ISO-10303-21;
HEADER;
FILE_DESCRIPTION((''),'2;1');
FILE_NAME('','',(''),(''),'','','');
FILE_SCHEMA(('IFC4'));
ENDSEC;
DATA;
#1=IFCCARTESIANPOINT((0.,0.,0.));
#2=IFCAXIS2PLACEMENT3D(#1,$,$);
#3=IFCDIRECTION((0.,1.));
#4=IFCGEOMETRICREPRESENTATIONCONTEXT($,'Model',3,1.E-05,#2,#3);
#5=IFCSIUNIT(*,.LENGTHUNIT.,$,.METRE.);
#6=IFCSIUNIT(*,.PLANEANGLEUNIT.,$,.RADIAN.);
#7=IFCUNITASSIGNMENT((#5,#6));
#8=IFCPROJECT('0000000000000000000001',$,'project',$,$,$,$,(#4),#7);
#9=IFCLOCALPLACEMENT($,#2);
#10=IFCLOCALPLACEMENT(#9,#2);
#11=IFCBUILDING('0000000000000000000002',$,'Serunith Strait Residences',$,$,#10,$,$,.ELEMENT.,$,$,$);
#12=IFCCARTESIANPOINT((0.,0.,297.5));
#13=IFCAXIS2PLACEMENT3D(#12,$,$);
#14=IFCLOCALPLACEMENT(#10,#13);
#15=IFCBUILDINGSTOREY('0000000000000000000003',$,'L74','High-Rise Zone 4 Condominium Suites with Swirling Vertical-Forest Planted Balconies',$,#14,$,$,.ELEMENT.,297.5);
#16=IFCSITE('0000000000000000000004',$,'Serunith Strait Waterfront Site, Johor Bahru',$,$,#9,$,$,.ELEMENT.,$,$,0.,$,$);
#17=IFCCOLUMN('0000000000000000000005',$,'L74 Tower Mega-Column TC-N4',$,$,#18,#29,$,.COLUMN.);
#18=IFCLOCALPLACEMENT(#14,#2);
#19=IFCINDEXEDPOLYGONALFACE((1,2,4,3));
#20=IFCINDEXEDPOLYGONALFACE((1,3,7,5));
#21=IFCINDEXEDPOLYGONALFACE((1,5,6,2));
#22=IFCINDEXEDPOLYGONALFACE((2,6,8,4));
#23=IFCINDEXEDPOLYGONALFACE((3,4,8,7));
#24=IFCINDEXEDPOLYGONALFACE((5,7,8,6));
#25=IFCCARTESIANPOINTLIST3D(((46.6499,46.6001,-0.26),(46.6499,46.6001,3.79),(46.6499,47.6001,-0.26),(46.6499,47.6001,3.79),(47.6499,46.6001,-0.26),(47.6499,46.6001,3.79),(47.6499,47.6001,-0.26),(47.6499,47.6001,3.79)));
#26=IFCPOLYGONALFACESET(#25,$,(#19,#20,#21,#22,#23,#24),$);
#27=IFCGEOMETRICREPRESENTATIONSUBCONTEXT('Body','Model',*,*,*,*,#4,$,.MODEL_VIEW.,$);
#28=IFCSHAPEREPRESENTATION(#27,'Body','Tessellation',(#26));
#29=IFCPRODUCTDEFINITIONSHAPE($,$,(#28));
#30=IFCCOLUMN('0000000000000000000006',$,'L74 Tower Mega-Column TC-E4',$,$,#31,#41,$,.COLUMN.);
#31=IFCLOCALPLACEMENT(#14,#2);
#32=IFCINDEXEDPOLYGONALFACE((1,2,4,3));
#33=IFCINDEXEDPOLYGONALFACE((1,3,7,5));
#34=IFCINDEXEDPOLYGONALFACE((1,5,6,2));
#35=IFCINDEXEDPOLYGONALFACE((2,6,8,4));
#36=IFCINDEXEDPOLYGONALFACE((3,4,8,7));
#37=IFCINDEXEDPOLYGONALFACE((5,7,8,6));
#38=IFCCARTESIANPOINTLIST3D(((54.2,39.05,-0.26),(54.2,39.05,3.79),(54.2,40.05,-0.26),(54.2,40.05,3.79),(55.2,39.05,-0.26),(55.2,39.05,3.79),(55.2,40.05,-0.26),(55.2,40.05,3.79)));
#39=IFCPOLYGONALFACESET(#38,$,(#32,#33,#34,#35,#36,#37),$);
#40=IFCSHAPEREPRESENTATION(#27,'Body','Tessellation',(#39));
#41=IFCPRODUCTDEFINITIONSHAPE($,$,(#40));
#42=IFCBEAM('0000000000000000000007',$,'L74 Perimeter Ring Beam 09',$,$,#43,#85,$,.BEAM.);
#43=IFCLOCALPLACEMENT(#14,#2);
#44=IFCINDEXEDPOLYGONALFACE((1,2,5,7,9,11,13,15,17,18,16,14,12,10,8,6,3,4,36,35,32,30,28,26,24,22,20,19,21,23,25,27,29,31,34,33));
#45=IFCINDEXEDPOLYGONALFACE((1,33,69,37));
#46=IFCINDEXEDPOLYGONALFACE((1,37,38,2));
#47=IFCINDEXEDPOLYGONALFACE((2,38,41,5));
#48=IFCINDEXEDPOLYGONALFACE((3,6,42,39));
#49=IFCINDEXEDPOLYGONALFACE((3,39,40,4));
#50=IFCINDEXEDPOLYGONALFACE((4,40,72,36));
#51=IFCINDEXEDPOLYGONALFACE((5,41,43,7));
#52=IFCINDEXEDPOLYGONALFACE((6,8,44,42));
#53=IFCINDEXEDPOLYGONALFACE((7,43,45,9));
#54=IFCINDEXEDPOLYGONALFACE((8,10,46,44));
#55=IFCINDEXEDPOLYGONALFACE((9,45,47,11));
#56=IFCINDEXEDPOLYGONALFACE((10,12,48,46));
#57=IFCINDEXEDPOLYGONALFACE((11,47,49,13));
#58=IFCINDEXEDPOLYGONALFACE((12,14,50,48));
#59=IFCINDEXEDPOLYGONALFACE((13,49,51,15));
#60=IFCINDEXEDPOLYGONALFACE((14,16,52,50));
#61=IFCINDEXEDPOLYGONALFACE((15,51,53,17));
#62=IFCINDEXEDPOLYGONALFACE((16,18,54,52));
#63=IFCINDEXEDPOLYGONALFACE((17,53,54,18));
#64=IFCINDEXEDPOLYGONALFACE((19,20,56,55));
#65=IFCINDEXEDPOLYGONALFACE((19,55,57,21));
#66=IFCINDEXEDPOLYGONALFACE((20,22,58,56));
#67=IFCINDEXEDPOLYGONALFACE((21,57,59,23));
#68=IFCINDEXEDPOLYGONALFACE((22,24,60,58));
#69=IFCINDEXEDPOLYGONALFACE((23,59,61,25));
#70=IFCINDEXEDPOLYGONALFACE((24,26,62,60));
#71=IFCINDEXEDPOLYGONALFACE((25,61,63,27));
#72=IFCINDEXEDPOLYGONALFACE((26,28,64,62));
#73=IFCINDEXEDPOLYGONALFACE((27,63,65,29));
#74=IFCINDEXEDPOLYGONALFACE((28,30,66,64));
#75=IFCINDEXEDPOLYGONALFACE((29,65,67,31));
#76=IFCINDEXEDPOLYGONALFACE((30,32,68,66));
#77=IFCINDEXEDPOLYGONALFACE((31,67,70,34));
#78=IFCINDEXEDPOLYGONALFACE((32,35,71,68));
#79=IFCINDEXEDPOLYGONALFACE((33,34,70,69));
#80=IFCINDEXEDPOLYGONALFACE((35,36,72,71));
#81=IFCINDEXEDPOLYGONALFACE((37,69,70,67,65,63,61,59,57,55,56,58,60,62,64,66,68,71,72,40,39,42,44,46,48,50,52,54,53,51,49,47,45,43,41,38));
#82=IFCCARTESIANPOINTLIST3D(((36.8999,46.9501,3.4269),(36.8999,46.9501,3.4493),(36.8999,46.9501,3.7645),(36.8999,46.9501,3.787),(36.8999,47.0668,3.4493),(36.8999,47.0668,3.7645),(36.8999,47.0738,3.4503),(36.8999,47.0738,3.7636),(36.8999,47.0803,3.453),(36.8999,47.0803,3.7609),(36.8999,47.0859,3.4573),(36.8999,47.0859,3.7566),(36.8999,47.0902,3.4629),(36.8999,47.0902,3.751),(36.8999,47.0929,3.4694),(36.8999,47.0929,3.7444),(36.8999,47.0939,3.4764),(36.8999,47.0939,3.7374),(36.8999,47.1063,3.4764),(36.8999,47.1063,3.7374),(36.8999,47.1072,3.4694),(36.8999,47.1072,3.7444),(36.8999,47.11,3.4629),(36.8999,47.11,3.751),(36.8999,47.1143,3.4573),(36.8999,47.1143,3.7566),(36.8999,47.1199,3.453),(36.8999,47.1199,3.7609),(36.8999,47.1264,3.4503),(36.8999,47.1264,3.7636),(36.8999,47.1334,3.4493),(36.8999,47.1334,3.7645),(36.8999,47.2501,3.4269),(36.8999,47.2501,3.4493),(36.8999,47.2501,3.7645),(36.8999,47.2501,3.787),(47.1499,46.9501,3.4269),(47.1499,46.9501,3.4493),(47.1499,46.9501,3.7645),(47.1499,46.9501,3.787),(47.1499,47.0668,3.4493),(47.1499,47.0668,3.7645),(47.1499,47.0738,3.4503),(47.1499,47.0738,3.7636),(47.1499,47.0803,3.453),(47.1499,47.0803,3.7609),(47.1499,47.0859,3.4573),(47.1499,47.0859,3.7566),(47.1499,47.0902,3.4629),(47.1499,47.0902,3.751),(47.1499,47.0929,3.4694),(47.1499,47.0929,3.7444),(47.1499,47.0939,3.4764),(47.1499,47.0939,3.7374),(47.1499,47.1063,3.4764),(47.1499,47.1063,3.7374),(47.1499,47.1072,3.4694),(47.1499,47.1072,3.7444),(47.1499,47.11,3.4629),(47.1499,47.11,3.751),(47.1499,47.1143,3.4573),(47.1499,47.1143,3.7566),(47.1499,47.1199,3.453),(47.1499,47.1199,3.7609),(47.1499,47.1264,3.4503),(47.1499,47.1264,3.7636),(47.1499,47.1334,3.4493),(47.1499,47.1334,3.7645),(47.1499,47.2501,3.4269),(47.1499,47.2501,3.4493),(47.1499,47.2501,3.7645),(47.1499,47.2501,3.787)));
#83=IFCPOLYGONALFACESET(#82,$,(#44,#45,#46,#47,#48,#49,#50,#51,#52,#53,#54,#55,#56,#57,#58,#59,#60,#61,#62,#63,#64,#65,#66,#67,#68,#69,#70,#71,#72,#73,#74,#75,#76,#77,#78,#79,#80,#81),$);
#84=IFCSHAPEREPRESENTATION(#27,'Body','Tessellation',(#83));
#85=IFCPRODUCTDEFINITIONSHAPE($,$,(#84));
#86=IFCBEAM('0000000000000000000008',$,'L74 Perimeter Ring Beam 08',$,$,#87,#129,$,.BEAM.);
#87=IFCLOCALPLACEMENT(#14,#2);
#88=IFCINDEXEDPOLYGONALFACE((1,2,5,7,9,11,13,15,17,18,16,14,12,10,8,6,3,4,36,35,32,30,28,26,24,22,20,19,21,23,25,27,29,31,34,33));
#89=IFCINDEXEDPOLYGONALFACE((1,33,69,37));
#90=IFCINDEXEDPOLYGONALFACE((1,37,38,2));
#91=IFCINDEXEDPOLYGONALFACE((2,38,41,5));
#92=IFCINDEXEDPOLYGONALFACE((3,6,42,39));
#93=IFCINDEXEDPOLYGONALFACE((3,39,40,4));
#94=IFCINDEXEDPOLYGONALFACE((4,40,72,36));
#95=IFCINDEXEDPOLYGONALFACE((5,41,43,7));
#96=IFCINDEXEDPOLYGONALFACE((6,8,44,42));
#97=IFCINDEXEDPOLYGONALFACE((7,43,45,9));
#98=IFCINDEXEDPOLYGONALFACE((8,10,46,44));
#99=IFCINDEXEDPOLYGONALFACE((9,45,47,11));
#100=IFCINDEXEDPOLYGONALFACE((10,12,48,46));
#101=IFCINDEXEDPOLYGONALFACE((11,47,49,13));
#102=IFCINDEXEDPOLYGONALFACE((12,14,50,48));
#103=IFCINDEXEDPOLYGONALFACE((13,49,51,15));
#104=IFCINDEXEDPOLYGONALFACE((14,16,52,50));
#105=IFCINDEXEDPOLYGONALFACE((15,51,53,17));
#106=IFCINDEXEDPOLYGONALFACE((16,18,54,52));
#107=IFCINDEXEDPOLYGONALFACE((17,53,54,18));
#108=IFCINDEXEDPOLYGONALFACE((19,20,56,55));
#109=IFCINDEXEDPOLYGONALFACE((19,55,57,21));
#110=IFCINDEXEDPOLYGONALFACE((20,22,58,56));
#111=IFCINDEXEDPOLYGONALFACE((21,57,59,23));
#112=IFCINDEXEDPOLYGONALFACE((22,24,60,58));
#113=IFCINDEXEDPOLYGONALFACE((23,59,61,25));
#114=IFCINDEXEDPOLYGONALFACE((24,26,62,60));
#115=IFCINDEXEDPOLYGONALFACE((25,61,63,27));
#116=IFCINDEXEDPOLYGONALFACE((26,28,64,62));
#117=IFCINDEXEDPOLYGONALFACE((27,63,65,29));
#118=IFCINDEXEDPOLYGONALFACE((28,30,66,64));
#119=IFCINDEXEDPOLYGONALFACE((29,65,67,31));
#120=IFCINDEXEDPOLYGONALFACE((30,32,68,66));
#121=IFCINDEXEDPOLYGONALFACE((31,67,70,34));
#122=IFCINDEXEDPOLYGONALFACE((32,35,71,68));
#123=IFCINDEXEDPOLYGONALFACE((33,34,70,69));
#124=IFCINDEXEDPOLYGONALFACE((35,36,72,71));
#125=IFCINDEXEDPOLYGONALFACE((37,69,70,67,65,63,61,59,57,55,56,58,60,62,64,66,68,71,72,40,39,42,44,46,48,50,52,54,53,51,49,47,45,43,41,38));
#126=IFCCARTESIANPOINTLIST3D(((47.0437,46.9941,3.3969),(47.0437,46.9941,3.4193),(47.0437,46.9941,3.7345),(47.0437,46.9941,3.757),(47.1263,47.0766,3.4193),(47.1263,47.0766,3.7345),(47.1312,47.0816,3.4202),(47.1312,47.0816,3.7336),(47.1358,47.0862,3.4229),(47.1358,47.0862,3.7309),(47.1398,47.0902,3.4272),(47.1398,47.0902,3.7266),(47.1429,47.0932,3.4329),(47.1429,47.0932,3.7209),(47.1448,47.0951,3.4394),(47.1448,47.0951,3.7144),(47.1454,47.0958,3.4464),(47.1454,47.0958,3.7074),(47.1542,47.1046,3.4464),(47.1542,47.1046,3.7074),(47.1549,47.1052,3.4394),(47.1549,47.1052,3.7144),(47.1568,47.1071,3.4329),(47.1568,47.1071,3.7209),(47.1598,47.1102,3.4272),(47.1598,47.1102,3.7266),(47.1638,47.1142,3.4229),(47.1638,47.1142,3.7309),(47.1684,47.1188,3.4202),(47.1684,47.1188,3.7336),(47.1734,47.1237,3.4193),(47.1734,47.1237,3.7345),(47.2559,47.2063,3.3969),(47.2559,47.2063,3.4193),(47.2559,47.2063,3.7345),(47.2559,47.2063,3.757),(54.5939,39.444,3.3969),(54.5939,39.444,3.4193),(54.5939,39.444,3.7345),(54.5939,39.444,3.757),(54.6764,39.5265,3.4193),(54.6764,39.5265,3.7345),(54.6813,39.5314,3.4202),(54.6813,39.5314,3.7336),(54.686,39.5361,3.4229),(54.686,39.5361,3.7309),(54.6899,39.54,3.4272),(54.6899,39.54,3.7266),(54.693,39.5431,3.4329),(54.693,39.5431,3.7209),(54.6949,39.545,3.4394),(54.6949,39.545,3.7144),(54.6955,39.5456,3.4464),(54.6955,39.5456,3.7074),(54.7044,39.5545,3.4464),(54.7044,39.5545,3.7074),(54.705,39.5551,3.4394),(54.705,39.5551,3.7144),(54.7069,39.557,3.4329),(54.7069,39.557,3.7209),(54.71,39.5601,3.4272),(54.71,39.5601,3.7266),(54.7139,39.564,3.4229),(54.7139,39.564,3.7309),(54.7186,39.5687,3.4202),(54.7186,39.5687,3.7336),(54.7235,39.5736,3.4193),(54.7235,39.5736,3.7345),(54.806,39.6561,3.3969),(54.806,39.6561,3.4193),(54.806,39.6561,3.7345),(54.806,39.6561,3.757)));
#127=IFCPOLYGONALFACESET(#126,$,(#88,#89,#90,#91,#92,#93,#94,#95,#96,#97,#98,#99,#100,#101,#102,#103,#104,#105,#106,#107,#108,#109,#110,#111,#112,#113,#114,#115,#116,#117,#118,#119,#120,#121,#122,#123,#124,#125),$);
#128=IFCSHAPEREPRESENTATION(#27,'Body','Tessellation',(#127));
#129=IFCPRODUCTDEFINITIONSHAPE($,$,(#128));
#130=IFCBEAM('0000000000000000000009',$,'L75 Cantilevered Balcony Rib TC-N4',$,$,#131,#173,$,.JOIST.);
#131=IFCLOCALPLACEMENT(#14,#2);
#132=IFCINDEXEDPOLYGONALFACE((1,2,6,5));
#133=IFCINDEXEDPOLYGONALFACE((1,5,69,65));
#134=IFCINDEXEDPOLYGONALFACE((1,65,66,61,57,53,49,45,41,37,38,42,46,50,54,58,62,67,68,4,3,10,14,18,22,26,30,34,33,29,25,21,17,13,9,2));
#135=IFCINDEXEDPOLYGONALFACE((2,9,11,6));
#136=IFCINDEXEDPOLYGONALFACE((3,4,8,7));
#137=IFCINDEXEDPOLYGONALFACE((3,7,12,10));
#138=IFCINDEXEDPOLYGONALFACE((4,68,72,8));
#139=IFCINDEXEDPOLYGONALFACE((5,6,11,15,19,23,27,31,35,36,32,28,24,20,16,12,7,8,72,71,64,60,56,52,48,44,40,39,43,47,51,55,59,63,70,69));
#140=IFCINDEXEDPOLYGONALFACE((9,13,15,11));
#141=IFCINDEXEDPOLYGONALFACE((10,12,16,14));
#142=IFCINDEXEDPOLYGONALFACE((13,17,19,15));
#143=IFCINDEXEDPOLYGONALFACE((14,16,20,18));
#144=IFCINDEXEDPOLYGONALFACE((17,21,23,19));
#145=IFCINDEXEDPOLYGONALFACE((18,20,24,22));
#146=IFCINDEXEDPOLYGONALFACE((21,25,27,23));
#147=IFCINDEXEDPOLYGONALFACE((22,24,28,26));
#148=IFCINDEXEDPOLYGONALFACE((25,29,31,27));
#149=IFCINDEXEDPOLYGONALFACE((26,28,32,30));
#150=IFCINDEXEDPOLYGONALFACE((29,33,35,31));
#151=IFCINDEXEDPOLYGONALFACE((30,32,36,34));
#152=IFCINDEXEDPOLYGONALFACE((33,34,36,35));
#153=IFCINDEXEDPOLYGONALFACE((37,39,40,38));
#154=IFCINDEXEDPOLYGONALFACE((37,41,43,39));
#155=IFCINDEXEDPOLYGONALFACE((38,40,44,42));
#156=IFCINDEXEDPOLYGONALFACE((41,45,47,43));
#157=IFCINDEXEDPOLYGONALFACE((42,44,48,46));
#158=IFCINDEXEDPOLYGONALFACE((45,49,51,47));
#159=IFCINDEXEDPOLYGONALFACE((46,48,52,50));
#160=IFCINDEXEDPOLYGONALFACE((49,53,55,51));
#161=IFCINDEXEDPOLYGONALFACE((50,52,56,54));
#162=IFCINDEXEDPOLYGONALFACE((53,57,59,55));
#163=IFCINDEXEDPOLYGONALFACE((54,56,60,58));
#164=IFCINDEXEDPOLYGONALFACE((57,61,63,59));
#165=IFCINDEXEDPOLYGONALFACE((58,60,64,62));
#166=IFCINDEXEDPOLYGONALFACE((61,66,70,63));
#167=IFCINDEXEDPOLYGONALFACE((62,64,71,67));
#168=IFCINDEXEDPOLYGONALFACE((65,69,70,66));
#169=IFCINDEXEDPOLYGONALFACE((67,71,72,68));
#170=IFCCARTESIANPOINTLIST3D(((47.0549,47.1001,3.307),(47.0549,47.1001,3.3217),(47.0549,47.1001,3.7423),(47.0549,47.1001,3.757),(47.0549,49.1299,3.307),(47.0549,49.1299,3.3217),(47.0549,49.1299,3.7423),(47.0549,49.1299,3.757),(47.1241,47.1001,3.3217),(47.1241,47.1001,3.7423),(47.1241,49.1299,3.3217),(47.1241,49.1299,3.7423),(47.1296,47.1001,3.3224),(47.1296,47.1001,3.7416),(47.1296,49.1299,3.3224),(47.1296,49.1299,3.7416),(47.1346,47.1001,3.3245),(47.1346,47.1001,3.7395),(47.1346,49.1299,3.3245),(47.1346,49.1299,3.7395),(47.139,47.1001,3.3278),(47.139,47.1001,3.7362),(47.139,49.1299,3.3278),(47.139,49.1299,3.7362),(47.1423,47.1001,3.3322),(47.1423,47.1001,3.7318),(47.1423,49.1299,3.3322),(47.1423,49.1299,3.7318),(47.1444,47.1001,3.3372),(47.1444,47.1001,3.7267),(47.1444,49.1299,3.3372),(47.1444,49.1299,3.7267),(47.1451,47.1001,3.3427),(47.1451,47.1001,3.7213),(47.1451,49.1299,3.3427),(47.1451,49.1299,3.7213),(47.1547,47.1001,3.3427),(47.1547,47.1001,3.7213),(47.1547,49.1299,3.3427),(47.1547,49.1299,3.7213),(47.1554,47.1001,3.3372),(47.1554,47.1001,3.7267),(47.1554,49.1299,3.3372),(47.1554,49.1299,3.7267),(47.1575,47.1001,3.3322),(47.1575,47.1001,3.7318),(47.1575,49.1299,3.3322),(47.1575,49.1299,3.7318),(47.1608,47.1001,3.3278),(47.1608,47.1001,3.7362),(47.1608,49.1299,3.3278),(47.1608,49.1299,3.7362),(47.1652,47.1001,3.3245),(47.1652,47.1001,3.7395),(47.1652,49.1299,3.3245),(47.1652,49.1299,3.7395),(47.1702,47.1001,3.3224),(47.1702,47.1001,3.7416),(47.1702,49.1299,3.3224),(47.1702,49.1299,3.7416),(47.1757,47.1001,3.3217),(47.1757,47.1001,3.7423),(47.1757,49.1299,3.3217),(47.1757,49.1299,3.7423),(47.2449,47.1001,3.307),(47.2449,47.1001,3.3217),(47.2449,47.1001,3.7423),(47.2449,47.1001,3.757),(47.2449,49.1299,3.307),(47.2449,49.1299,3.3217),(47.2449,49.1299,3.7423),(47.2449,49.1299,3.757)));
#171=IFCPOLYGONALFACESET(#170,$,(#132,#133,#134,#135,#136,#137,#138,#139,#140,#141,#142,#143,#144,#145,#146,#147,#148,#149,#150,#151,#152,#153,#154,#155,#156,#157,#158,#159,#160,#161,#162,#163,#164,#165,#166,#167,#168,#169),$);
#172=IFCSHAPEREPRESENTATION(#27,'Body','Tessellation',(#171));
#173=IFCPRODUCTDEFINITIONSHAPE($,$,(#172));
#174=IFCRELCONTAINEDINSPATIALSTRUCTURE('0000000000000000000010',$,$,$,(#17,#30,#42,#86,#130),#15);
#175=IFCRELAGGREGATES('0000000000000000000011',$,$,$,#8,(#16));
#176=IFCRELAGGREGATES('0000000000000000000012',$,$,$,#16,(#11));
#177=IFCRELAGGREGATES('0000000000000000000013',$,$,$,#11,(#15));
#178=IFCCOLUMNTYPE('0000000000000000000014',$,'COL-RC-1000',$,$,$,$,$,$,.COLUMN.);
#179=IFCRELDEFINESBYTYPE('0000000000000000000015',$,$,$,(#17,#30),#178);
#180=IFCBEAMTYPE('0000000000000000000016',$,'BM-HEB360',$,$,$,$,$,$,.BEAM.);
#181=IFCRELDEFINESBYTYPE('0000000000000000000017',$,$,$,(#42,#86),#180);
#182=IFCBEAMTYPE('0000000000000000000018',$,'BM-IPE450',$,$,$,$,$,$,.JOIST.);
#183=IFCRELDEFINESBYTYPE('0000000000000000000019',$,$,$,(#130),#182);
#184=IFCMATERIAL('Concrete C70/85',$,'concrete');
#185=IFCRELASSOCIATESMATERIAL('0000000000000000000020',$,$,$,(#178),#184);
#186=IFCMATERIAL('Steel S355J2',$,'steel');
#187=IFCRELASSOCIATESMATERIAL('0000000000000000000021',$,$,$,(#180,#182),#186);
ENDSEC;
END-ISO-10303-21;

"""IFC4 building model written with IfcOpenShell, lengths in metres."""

from ifc_helpers import new_model, si_unit, direction, frame, origin, origin_2d, place, context, subcontext, project, spatial, rectangle, i_section, extrude, source, transform, mapped, material, material_profile, profile_set, type_object, element, save


model = new_model("IFC4")

# Units and contexts
model_context = context("Model", 3, precision=1e-05, world=origin(), true_north=direction((0.0, 1.0)))
body_context = subcontext(model_context, "Body", "Model", "MODEL_VIEW")
ifc_project = project(units=[si_unit("LENGTHUNIT", "METRE"), si_unit("PLANEANGLEUNIT", "RADIAN")], contexts=[model_context])

# Site, building, storey
site_placement = place(None, origin())
site = spatial("IfcSite", under=ifc_project, at=site_placement, Name="Serunith Strait Waterfront Site, Johor Bahru", CompositionType="ELEMENT", RefElevation=0.0)
building_placement = place(site_placement, origin())
building = spatial("IfcBuilding", under=site, at=building_placement, Name="Serunith Strait Residences", CompositionType="ELEMENT")
storey_placement = place(building_placement, frame((0.0, 0.0, 297.5)))
storey = spatial("IfcBuildingStorey", under=building, at=storey_placement, Name="L74", Description="High-Rise Zone 4 Condominium Suites with Swirling Vertical-Forest Planted Balconies", CompositionType="ELEMENT", Elevation=297.5)

# Columns
ifc_material_1 = material(Name="Concrete C70/85", Category="concrete")
ifc_material_profile_1 = material_profile(ifc_material_1, rectangle(XDim=1.0, YDim=1.0, at=origin_2d()), Name="RC 1000x1000")
ifc_profile_set_1 = profile_set([ifc_material_profile_1], Name="Concrete C70/85")
column_type = type_object("IfcColumnType", Name="COL-RC-1000", PredefinedType="COLUMN", material=ifc_profile_set_1)
shared_shape_1 = source(origin(), body_context, "Body", "SweptSolid", [
    extrude(rectangle(XDim=1.0, YDim=1.0, at=origin_2d()), origin(), (0.0, 0.0, 1.0), 4.05),
])
for number, where, z_axis, x_axis, name in (
    (1, (47.1499, 47.1001, -0.26), (0.0, 0.0, 1.0), (1.0, 0.0, 0.0), "L74 Tower Mega-Column TC-N4"),
    (2, (54.7, 39.55, -0.26), (0.0, 0.0, 1.0), (1.0, 0.0, 0.0), "L74 Tower Mega-Column TC-E4"),
):
    element("IfcColumn", number, at=place(storey_placement, frame(where, z_axis=z_axis, x_axis=x_axis)), inside=storey, type_object=column_type, Name=name, PredefinedType="COLUMN", context=body_context, shape_type="MappedRepresentation", body=[
        mapped(shared_shape_1, transform((0.0, 0.0, 0.0), scale=1.0)),
    ])

# Beams
ifc_material_2 = material(Name="Steel S355J2", Category="steel")
ifc_material_profile_2 = material_profile(ifc_material_2, i_section(OverallWidth=0.3, OverallDepth=0.3601, WebThickness=0.0125, FlangeThickness=0.0225, FilletRadius=0.0271, at=origin_2d()), Name="HEB 360")
ifc_profile_set_2 = profile_set([ifc_material_profile_2], Name="Steel S355J2")
beam_type_1 = type_object("IfcBeamType", Name="BM-HEB360", PredefinedType="BEAM", material=ifc_profile_set_2)
shared_shape_2 = source(origin(), body_context, "Body", "SweptSolid", [
    extrude(i_section(OverallWidth=0.3, OverallDepth=0.3601, WebThickness=0.0125, FlangeThickness=0.0225, FilletRadius=0.0271, at=origin_2d()), origin(), (0.0, 0.0, 1.0), 10.25),
])
beam_1_placement = place(storey_placement, frame((47.1499, 47.1001, 3.6069), z_axis=(-1.0, 0.0, 0.0), x_axis=(0.0, -1.0, 0.0)))
element("IfcBeam", 3, at=beam_1_placement, inside=storey, type_object=beam_type_1, Name="L74 Perimeter Ring Beam 09", PredefinedType="BEAM", context=body_context, shape_type="MappedRepresentation", body=[
    mapped(shared_shape_2, transform((0.0, 0.0, 0.0), scale=1.0)),
])
shared_shape_3 = source(origin(), body_context, "Body", "SweptSolid", [
    extrude(i_section(OverallWidth=0.3, OverallDepth=0.3601, WebThickness=0.0125, FlangeThickness=0.0225, FilletRadius=0.0271, at=origin_2d()), origin(), (0.0, 0.0, 1.0), 10.6775),
])
beam_2_placement = place(storey_placement, frame((54.7, 39.55, 3.5769), z_axis=(-0.707107, 0.707107, 0.0), x_axis=(-0.707107, -0.707107, 0.0)))
element("IfcBeam", 4, at=beam_2_placement, inside=storey, type_object=beam_type_1, Name="L74 Perimeter Ring Beam 08", PredefinedType="BEAM", context=body_context, shape_type="MappedRepresentation", body=[
    mapped(shared_shape_3, transform((0.0, 0.0, 0.0), scale=1.0)),
])
ifc_material_profile_3 = material_profile(ifc_material_2, i_section(OverallWidth=0.1899, OverallDepth=0.45, WebThickness=0.0095, FlangeThickness=0.0146, FilletRadius=0.021, at=origin_2d()), Name="IPE 450")
ifc_profile_set_3 = profile_set([ifc_material_profile_3], Name="Steel S355J2")
beam_type_2 = type_object("IfcBeamType", Name="BM-IPE450", PredefinedType="JOIST", material=ifc_profile_set_3)
shared_shape_4 = source(origin(), body_context, "Body", "SweptSolid", [
    extrude(i_section(OverallWidth=0.1899, OverallDepth=0.45, WebThickness=0.0095, FlangeThickness=0.0146, FilletRadius=0.021, at=origin_2d()), origin(), (0.0, 0.0, 1.0), 2.0298),
])
beam_3_placement = place(storey_placement, frame((47.1499, 47.1001, 3.532), z_axis=(0.0, 1.0, 0.0), x_axis=(-1.0, 0.0, 0.0)))
element("IfcBeam", 5, at=beam_3_placement, inside=storey, type_object=beam_type_2, Name="L75 Cantilevered Balcony Rib TC-N4", PredefinedType="JOIST", context=body_context, shape_type="MappedRepresentation", body=[
    mapped(shared_shape_4, transform((0.0, 0.0, 0.0), scale=1.0)),
])

save(model, "model.ifc")
